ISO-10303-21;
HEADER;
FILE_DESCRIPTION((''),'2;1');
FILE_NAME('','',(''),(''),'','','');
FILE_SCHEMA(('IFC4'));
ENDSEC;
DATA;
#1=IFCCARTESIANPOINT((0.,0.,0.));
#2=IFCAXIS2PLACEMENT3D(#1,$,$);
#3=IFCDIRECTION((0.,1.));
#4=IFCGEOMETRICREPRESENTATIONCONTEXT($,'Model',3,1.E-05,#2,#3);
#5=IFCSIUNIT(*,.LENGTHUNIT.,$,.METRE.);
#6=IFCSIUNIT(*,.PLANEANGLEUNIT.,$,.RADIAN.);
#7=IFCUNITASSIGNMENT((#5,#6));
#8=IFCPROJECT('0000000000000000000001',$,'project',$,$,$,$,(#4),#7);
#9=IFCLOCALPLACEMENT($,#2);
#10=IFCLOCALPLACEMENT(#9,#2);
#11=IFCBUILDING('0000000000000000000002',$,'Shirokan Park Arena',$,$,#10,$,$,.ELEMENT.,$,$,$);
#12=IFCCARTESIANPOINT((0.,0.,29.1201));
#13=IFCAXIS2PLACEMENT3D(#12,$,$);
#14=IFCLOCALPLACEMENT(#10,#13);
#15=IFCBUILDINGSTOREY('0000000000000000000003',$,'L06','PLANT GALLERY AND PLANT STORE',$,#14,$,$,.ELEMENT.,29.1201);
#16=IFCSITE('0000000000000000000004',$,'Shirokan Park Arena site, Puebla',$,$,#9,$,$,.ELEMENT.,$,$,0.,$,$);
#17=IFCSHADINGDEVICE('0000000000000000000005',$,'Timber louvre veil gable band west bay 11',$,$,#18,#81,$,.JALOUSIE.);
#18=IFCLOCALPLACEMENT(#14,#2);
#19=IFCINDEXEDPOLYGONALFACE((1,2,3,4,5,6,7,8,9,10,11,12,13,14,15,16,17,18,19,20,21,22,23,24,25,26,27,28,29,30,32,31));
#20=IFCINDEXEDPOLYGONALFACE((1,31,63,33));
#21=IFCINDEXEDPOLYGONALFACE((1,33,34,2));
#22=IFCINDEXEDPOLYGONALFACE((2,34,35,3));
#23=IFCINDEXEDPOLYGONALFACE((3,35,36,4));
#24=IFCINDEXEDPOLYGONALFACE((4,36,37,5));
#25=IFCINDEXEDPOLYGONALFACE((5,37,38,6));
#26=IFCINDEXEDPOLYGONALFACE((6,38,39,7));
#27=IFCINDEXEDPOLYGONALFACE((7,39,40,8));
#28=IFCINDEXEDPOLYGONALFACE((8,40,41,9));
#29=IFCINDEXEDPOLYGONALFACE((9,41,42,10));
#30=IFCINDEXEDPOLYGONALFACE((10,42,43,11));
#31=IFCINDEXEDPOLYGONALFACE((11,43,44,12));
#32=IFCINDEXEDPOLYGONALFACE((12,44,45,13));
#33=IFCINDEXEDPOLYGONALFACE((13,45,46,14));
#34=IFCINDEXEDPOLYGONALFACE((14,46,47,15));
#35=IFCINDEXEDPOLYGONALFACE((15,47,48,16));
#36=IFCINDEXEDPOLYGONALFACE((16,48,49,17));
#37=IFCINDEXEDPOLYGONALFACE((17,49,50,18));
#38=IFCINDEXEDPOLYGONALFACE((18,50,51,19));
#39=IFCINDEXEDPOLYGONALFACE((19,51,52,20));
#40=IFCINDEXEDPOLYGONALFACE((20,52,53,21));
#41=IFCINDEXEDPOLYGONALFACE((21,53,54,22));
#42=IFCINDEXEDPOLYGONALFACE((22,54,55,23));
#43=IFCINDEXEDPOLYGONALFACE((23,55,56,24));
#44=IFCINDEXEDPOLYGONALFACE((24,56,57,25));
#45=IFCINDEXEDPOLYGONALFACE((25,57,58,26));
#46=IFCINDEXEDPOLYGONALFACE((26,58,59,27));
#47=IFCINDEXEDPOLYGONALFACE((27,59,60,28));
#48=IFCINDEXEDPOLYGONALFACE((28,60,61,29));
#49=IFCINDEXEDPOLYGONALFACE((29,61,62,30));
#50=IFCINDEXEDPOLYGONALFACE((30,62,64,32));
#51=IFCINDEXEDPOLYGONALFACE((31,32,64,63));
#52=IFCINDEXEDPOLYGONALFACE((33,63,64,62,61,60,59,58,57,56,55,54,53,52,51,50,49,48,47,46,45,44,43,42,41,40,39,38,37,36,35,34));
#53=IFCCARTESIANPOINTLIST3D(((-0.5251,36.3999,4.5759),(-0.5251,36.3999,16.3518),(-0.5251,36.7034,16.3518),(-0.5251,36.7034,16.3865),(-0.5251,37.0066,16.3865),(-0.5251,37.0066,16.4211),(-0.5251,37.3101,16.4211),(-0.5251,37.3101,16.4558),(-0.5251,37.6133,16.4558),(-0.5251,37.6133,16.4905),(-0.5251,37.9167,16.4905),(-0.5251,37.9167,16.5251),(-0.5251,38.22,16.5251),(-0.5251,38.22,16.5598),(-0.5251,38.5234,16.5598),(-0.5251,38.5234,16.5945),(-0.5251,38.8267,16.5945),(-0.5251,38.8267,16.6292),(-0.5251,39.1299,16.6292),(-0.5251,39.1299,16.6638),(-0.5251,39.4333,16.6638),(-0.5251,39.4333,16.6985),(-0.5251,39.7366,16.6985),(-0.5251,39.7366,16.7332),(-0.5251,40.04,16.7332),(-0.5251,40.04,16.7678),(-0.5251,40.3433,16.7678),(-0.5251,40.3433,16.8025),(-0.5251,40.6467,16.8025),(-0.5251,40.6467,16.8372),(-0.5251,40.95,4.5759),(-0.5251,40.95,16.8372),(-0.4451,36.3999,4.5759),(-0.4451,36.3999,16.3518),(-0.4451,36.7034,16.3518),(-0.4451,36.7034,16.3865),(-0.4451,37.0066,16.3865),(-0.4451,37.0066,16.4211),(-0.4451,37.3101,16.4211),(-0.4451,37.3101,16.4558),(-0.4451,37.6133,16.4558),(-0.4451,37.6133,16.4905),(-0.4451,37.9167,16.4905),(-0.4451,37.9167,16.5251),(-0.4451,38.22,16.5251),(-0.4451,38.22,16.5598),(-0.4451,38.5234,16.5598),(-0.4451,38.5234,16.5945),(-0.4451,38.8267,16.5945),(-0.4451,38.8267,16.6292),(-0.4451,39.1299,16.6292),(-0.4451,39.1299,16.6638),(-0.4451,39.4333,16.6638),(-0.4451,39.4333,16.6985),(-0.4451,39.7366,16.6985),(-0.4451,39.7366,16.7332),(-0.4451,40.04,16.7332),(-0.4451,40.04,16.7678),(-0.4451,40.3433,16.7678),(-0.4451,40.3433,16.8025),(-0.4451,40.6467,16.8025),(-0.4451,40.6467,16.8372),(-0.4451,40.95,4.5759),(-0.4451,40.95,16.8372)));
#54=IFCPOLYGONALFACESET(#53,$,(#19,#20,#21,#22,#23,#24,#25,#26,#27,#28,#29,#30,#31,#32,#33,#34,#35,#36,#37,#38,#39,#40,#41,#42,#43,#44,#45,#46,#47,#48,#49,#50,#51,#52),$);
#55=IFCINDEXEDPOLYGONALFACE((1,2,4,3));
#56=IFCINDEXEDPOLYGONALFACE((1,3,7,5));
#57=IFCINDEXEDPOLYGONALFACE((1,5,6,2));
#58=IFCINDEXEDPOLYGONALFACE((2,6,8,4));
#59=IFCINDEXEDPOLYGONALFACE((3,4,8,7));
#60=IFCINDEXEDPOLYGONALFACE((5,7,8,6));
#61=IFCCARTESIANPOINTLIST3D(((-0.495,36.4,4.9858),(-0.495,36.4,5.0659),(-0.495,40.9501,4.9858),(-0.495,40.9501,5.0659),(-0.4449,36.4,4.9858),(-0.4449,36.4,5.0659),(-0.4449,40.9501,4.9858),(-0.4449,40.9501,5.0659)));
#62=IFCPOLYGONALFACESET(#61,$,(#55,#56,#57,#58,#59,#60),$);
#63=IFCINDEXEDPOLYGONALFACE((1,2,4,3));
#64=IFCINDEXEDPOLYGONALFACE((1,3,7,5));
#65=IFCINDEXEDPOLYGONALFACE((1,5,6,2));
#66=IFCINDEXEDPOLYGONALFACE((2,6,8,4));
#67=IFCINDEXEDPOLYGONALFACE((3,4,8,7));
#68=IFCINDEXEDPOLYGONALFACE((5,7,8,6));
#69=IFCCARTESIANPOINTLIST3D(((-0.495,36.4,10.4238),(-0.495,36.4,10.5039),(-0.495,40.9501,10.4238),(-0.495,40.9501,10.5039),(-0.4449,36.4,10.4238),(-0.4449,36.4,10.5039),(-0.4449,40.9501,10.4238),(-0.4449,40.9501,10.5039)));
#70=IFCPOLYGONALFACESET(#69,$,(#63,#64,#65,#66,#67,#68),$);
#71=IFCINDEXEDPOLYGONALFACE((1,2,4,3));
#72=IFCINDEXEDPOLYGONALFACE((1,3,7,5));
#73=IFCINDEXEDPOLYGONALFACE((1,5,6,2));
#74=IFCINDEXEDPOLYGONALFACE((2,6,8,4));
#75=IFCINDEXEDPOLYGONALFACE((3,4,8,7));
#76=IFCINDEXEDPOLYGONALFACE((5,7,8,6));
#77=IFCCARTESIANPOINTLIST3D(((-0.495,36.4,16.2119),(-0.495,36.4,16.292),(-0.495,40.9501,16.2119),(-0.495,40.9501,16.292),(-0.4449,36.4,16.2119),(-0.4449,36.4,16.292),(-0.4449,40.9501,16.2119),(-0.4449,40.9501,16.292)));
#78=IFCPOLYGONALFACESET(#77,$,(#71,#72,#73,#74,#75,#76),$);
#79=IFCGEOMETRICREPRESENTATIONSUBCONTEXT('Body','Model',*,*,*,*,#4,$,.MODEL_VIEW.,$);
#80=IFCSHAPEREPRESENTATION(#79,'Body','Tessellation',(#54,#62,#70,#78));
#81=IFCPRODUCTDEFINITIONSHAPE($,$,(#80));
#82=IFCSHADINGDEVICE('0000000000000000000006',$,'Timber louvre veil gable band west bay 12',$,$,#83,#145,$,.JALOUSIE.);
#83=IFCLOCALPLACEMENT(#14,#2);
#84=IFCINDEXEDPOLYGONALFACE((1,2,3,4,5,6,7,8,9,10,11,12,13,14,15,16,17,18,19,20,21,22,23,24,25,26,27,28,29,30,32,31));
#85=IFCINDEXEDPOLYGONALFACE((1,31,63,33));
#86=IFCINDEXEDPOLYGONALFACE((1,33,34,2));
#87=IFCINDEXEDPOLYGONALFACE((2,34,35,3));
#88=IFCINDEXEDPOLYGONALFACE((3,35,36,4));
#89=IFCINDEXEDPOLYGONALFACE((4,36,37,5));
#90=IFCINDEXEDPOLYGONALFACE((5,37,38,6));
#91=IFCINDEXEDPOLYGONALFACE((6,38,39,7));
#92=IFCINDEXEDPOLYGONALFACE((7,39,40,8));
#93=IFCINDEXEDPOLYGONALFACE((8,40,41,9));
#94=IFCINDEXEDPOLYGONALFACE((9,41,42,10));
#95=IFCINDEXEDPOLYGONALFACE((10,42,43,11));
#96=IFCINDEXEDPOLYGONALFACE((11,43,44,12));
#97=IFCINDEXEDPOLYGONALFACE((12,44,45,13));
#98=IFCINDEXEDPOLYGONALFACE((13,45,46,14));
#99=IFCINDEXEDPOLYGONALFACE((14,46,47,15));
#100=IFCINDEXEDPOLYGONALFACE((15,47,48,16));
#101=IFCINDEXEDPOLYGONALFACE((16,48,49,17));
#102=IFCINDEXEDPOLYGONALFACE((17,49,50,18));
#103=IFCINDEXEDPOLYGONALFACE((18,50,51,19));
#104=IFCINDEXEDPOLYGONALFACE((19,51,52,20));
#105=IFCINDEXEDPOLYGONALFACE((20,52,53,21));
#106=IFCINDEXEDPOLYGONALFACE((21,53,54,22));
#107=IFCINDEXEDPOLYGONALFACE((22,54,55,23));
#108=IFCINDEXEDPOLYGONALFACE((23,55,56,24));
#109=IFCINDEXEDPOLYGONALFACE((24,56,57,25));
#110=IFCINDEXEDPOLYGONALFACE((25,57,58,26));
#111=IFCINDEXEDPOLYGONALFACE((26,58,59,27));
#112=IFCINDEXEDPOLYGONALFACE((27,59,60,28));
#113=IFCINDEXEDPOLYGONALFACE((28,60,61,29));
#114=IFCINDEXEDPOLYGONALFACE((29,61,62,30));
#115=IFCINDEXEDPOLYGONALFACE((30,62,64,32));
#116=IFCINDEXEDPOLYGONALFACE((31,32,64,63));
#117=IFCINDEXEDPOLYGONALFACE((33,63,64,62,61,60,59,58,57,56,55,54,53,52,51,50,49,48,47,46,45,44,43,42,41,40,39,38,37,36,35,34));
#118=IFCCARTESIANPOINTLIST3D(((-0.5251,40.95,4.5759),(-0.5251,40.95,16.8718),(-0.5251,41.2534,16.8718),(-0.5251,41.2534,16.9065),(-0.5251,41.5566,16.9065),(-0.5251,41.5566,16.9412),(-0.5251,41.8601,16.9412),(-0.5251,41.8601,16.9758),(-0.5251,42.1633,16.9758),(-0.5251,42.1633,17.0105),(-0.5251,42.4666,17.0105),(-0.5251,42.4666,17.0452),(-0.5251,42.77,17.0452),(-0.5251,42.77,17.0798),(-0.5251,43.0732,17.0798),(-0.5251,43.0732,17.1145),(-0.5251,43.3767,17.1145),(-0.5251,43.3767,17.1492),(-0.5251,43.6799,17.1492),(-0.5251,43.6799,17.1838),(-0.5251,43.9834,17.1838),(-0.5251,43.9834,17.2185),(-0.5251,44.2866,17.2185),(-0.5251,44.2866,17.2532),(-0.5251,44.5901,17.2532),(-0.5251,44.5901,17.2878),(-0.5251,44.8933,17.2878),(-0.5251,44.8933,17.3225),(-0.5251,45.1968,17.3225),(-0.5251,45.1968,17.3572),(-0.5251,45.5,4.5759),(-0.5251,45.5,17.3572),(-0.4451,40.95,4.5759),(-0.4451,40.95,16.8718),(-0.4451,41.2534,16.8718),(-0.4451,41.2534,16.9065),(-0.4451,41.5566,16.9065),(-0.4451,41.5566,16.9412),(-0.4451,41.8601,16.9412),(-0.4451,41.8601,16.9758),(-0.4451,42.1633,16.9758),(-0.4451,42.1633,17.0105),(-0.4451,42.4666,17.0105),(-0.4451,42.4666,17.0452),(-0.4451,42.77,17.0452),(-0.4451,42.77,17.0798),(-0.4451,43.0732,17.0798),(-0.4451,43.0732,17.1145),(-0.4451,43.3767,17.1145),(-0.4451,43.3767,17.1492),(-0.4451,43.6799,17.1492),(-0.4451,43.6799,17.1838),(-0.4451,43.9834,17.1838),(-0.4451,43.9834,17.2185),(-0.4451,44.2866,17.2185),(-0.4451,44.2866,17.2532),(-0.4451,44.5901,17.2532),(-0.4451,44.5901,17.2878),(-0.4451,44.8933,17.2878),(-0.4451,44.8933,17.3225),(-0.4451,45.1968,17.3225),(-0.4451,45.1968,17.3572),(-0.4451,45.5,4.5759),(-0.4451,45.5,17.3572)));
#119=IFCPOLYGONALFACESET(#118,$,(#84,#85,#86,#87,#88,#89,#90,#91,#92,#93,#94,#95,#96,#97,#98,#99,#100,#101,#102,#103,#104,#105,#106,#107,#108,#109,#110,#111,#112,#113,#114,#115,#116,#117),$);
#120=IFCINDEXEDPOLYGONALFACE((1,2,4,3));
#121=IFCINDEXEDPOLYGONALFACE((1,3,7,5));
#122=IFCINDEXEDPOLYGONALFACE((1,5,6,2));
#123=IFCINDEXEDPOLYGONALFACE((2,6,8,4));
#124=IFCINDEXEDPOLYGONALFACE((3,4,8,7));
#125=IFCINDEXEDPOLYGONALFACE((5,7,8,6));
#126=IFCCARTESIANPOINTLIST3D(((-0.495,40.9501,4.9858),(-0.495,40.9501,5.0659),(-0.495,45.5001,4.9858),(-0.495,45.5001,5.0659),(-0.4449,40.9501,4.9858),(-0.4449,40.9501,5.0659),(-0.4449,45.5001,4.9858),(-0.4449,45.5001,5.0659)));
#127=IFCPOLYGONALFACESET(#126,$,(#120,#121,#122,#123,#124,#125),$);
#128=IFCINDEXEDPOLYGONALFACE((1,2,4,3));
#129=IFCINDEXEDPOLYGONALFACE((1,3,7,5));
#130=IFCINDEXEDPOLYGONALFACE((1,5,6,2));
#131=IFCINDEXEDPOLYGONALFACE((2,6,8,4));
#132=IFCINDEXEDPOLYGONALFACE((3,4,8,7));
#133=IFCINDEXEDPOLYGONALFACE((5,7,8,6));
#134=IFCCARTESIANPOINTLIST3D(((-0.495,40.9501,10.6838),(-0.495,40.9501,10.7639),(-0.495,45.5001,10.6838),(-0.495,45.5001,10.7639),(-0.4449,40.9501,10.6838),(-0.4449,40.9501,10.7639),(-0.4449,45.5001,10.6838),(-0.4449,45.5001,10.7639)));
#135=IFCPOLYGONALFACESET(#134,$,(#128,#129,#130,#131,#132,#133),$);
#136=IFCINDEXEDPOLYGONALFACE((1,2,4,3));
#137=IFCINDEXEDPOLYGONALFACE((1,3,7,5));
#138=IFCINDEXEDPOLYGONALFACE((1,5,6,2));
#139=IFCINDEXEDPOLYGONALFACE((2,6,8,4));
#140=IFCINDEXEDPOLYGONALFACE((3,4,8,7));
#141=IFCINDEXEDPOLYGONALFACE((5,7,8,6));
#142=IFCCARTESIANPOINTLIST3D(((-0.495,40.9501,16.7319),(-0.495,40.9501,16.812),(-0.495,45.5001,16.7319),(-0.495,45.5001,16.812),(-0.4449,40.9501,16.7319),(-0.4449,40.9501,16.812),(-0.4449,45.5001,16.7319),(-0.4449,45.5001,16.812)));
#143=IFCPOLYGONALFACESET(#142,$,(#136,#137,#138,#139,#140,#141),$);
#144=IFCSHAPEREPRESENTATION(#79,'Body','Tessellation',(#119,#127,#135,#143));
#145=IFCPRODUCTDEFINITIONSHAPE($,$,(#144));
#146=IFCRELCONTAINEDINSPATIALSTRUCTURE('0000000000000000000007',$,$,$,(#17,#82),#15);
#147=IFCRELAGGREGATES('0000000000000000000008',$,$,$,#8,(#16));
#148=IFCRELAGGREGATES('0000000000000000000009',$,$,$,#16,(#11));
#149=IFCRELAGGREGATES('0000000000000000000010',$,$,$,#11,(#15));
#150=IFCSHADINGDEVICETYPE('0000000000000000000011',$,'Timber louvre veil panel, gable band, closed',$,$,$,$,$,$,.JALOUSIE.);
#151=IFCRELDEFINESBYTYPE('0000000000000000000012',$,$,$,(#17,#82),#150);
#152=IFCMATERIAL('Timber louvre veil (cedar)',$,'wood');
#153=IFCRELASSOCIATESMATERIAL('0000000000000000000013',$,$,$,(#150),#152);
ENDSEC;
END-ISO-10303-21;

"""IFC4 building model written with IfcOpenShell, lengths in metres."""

from ifc_helpers import new_model, si_unit, direction, frame, origin, origin_2d, place, context, subcontext, project, spatial, polyline, rectangle, outline, extrude, material, type_object, element, save


model = new_model("IFC4")

# Units and contexts
model_context = context("Model", 3, precision=1e-05, world=origin(), true_north=direction((0.0, 1.0)))
body_context = subcontext(model_context, "Body", "Model", "MODEL_VIEW")
ifc_project = project(units=[si_unit("LENGTHUNIT", "METRE"), si_unit("PLANEANGLEUNIT", "RADIAN")], contexts=[model_context])

# Site, building, storey
site_placement = place(None, origin())
site = spatial("IfcSite", under=ifc_project, at=site_placement, Name="Shirokan Park Arena site, Puebla", CompositionType="ELEMENT", RefElevation=0.0)
building_placement = place(site_placement, origin())
building = spatial("IfcBuilding", under=site, at=building_placement, Name="Shirokan Park Arena", CompositionType="ELEMENT")
storey_placement = place(building_placement, frame((0.0, 0.0, 29.1201)))
storey = spatial("IfcBuildingStorey", under=building, at=storey_placement, Name="L06", Description="PLANT GALLERY AND PLANT STORE", CompositionType="ELEMENT", Elevation=29.1201)

# Shading devices
ifc_material = material(Name="Timber louvre veil (cedar)", Category="wood")
shading_device_type_1 = type_object("IfcShadingDeviceType", Name="Timber louvre veil panel, gable band, closed", PredefinedType="JALOUSIE", material=ifc_material)
shading_device_1_placement = place(storey_placement, origin())
element("IfcShadingDevice", 1, at=shading_device_1_placement, inside=storey, type_object=shading_device_type_1, Name="Timber louvre veil gable band west bay 11", PredefinedType="JALOUSIE", context=body_context, shape_type="SweptSolid", body=[
    extrude(outline(polyline([(36.7034, 16.3518), (36.3999, 16.3518), (36.3999, 4.5759), (40.95, 4.5759), (40.95, 16.8372), (40.6467, 16.8372), (40.6467, 16.8025), (40.3433, 16.8025), (40.3433, 16.7678), (40.04, 16.7678), (40.04, 16.7332), (39.7366, 16.7332), (39.7366, 16.6985), (39.4333, 16.6985), (39.4333, 16.6638), (39.1299, 16.6638), (39.1299, 16.6292), (38.8267, 16.6292), (38.8267, 16.5945), (38.5234, 16.5945), (38.5234, 16.5598), (38.22, 16.5598), (38.22, 16.5251), (37.9167, 16.5251), (37.9167, 16.4905), (37.6133, 16.4905), (37.6133, 16.4558), (37.3101, 16.4558), (37.3101, 16.4211), (37.0066, 16.4211), (37.0066, 16.3865), (36.7034, 16.3865), (36.7034, 16.3518)])), frame((-0.5251, 0.0, 0.0), z_axis=(1.0, 0.0, 0.0), x_axis=(0.0, 1.0, 0.0)), (0.0, 0.0, 1.0), 0.0801),
    extrude(rectangle(XDim=0.05, YDim=4.55, at=origin_2d()), frame((-0.47, 38.675, 4.9858), z_axis=(0.0, 0.0, 1.0), x_axis=(1.0, 0.0, 0.0)), (0.0, 0.0, 1.0), 0.0801),
    extrude(rectangle(XDim=0.05, YDim=4.55, at=origin_2d()), frame((-0.47, 38.675, 10.4238), z_axis=(0.0, 0.0, 1.0), x_axis=(1.0, 0.0, 0.0)), (0.0, 0.0, 1.0), 0.0801),
    extrude(rectangle(XDim=0.05, YDim=4.55, at=origin_2d()), frame((-0.47, 38.675, 16.2119), z_axis=(0.0, 0.0, 1.0), x_axis=(1.0, 0.0, 0.0)), (0.0, 0.0, 1.0), 0.0801),
])
shading_device_2_placement = place(storey_placement, origin())
element("IfcShadingDevice", 2, at=shading_device_2_placement, inside=storey, type_object=shading_device_type_1, Name="Timber louvre veil gable band west bay 12", PredefinedType="JALOUSIE", context=body_context, shape_type="SweptSolid", body=[
    extrude(outline(polyline([(41.2534, 16.8718), (40.95, 16.8718), (40.95, 4.5759), (45.5, 4.5759), (45.5, 17.3572), (45.1968, 17.3572), (45.1968, 17.3225), (44.8933, 17.3225), (44.8933, 17.2878), (44.5901, 17.2878), (44.5901, 17.2532), (44.2866, 17.2532), (44.2866, 17.2185), (43.9834, 17.2185), (43.9834, 17.1838), (43.6799, 17.1838), (43.6799, 17.1492), (43.3767, 17.1492), (43.3767, 17.1145), (43.0732, 17.1145), (43.0732, 17.0798), (42.77, 17.0798), (42.77, 17.0452), (42.4666, 17.0452), (42.4666, 17.0105), (42.1633, 17.0105), (42.1633, 16.9758), (41.8601, 16.9758), (41.8601, 16.9412), (41.5566, 16.9412), (41.5566, 16.9065), (41.2534, 16.9065), (41.2534, 16.8718)])), frame((-0.5251, 0.0, 0.0), z_axis=(1.0, 0.0, 0.0), x_axis=(0.0, 1.0, 0.0)), (0.0, 0.0, 1.0), 0.0801),
    extrude(rectangle(XDim=0.05, YDim=4.55, at=origin_2d()), frame((-0.47, 43.2251, 4.9858), z_axis=(0.0, 0.0, 1.0), x_axis=(1.0, 0.0, 0.0)), (0.0, 0.0, 1.0), 0.0801),
    extrude(rectangle(XDim=0.05, YDim=4.55, at=origin_2d()), frame((-0.47, 43.2251, 10.6838), z_axis=(0.0, 0.0, 1.0), x_axis=(1.0, 0.0, 0.0)), (0.0, 0.0, 1.0), 0.0801),
    extrude(rectangle(XDim=0.05, YDim=4.55, at=origin_2d()), frame((-0.47, 43.2251, 16.7319), z_axis=(0.0, 0.0, 1.0), x_axis=(1.0, 0.0, 0.0)), (0.0, 0.0, 1.0), 0.0801),
])

save(model, "model.ifc")
